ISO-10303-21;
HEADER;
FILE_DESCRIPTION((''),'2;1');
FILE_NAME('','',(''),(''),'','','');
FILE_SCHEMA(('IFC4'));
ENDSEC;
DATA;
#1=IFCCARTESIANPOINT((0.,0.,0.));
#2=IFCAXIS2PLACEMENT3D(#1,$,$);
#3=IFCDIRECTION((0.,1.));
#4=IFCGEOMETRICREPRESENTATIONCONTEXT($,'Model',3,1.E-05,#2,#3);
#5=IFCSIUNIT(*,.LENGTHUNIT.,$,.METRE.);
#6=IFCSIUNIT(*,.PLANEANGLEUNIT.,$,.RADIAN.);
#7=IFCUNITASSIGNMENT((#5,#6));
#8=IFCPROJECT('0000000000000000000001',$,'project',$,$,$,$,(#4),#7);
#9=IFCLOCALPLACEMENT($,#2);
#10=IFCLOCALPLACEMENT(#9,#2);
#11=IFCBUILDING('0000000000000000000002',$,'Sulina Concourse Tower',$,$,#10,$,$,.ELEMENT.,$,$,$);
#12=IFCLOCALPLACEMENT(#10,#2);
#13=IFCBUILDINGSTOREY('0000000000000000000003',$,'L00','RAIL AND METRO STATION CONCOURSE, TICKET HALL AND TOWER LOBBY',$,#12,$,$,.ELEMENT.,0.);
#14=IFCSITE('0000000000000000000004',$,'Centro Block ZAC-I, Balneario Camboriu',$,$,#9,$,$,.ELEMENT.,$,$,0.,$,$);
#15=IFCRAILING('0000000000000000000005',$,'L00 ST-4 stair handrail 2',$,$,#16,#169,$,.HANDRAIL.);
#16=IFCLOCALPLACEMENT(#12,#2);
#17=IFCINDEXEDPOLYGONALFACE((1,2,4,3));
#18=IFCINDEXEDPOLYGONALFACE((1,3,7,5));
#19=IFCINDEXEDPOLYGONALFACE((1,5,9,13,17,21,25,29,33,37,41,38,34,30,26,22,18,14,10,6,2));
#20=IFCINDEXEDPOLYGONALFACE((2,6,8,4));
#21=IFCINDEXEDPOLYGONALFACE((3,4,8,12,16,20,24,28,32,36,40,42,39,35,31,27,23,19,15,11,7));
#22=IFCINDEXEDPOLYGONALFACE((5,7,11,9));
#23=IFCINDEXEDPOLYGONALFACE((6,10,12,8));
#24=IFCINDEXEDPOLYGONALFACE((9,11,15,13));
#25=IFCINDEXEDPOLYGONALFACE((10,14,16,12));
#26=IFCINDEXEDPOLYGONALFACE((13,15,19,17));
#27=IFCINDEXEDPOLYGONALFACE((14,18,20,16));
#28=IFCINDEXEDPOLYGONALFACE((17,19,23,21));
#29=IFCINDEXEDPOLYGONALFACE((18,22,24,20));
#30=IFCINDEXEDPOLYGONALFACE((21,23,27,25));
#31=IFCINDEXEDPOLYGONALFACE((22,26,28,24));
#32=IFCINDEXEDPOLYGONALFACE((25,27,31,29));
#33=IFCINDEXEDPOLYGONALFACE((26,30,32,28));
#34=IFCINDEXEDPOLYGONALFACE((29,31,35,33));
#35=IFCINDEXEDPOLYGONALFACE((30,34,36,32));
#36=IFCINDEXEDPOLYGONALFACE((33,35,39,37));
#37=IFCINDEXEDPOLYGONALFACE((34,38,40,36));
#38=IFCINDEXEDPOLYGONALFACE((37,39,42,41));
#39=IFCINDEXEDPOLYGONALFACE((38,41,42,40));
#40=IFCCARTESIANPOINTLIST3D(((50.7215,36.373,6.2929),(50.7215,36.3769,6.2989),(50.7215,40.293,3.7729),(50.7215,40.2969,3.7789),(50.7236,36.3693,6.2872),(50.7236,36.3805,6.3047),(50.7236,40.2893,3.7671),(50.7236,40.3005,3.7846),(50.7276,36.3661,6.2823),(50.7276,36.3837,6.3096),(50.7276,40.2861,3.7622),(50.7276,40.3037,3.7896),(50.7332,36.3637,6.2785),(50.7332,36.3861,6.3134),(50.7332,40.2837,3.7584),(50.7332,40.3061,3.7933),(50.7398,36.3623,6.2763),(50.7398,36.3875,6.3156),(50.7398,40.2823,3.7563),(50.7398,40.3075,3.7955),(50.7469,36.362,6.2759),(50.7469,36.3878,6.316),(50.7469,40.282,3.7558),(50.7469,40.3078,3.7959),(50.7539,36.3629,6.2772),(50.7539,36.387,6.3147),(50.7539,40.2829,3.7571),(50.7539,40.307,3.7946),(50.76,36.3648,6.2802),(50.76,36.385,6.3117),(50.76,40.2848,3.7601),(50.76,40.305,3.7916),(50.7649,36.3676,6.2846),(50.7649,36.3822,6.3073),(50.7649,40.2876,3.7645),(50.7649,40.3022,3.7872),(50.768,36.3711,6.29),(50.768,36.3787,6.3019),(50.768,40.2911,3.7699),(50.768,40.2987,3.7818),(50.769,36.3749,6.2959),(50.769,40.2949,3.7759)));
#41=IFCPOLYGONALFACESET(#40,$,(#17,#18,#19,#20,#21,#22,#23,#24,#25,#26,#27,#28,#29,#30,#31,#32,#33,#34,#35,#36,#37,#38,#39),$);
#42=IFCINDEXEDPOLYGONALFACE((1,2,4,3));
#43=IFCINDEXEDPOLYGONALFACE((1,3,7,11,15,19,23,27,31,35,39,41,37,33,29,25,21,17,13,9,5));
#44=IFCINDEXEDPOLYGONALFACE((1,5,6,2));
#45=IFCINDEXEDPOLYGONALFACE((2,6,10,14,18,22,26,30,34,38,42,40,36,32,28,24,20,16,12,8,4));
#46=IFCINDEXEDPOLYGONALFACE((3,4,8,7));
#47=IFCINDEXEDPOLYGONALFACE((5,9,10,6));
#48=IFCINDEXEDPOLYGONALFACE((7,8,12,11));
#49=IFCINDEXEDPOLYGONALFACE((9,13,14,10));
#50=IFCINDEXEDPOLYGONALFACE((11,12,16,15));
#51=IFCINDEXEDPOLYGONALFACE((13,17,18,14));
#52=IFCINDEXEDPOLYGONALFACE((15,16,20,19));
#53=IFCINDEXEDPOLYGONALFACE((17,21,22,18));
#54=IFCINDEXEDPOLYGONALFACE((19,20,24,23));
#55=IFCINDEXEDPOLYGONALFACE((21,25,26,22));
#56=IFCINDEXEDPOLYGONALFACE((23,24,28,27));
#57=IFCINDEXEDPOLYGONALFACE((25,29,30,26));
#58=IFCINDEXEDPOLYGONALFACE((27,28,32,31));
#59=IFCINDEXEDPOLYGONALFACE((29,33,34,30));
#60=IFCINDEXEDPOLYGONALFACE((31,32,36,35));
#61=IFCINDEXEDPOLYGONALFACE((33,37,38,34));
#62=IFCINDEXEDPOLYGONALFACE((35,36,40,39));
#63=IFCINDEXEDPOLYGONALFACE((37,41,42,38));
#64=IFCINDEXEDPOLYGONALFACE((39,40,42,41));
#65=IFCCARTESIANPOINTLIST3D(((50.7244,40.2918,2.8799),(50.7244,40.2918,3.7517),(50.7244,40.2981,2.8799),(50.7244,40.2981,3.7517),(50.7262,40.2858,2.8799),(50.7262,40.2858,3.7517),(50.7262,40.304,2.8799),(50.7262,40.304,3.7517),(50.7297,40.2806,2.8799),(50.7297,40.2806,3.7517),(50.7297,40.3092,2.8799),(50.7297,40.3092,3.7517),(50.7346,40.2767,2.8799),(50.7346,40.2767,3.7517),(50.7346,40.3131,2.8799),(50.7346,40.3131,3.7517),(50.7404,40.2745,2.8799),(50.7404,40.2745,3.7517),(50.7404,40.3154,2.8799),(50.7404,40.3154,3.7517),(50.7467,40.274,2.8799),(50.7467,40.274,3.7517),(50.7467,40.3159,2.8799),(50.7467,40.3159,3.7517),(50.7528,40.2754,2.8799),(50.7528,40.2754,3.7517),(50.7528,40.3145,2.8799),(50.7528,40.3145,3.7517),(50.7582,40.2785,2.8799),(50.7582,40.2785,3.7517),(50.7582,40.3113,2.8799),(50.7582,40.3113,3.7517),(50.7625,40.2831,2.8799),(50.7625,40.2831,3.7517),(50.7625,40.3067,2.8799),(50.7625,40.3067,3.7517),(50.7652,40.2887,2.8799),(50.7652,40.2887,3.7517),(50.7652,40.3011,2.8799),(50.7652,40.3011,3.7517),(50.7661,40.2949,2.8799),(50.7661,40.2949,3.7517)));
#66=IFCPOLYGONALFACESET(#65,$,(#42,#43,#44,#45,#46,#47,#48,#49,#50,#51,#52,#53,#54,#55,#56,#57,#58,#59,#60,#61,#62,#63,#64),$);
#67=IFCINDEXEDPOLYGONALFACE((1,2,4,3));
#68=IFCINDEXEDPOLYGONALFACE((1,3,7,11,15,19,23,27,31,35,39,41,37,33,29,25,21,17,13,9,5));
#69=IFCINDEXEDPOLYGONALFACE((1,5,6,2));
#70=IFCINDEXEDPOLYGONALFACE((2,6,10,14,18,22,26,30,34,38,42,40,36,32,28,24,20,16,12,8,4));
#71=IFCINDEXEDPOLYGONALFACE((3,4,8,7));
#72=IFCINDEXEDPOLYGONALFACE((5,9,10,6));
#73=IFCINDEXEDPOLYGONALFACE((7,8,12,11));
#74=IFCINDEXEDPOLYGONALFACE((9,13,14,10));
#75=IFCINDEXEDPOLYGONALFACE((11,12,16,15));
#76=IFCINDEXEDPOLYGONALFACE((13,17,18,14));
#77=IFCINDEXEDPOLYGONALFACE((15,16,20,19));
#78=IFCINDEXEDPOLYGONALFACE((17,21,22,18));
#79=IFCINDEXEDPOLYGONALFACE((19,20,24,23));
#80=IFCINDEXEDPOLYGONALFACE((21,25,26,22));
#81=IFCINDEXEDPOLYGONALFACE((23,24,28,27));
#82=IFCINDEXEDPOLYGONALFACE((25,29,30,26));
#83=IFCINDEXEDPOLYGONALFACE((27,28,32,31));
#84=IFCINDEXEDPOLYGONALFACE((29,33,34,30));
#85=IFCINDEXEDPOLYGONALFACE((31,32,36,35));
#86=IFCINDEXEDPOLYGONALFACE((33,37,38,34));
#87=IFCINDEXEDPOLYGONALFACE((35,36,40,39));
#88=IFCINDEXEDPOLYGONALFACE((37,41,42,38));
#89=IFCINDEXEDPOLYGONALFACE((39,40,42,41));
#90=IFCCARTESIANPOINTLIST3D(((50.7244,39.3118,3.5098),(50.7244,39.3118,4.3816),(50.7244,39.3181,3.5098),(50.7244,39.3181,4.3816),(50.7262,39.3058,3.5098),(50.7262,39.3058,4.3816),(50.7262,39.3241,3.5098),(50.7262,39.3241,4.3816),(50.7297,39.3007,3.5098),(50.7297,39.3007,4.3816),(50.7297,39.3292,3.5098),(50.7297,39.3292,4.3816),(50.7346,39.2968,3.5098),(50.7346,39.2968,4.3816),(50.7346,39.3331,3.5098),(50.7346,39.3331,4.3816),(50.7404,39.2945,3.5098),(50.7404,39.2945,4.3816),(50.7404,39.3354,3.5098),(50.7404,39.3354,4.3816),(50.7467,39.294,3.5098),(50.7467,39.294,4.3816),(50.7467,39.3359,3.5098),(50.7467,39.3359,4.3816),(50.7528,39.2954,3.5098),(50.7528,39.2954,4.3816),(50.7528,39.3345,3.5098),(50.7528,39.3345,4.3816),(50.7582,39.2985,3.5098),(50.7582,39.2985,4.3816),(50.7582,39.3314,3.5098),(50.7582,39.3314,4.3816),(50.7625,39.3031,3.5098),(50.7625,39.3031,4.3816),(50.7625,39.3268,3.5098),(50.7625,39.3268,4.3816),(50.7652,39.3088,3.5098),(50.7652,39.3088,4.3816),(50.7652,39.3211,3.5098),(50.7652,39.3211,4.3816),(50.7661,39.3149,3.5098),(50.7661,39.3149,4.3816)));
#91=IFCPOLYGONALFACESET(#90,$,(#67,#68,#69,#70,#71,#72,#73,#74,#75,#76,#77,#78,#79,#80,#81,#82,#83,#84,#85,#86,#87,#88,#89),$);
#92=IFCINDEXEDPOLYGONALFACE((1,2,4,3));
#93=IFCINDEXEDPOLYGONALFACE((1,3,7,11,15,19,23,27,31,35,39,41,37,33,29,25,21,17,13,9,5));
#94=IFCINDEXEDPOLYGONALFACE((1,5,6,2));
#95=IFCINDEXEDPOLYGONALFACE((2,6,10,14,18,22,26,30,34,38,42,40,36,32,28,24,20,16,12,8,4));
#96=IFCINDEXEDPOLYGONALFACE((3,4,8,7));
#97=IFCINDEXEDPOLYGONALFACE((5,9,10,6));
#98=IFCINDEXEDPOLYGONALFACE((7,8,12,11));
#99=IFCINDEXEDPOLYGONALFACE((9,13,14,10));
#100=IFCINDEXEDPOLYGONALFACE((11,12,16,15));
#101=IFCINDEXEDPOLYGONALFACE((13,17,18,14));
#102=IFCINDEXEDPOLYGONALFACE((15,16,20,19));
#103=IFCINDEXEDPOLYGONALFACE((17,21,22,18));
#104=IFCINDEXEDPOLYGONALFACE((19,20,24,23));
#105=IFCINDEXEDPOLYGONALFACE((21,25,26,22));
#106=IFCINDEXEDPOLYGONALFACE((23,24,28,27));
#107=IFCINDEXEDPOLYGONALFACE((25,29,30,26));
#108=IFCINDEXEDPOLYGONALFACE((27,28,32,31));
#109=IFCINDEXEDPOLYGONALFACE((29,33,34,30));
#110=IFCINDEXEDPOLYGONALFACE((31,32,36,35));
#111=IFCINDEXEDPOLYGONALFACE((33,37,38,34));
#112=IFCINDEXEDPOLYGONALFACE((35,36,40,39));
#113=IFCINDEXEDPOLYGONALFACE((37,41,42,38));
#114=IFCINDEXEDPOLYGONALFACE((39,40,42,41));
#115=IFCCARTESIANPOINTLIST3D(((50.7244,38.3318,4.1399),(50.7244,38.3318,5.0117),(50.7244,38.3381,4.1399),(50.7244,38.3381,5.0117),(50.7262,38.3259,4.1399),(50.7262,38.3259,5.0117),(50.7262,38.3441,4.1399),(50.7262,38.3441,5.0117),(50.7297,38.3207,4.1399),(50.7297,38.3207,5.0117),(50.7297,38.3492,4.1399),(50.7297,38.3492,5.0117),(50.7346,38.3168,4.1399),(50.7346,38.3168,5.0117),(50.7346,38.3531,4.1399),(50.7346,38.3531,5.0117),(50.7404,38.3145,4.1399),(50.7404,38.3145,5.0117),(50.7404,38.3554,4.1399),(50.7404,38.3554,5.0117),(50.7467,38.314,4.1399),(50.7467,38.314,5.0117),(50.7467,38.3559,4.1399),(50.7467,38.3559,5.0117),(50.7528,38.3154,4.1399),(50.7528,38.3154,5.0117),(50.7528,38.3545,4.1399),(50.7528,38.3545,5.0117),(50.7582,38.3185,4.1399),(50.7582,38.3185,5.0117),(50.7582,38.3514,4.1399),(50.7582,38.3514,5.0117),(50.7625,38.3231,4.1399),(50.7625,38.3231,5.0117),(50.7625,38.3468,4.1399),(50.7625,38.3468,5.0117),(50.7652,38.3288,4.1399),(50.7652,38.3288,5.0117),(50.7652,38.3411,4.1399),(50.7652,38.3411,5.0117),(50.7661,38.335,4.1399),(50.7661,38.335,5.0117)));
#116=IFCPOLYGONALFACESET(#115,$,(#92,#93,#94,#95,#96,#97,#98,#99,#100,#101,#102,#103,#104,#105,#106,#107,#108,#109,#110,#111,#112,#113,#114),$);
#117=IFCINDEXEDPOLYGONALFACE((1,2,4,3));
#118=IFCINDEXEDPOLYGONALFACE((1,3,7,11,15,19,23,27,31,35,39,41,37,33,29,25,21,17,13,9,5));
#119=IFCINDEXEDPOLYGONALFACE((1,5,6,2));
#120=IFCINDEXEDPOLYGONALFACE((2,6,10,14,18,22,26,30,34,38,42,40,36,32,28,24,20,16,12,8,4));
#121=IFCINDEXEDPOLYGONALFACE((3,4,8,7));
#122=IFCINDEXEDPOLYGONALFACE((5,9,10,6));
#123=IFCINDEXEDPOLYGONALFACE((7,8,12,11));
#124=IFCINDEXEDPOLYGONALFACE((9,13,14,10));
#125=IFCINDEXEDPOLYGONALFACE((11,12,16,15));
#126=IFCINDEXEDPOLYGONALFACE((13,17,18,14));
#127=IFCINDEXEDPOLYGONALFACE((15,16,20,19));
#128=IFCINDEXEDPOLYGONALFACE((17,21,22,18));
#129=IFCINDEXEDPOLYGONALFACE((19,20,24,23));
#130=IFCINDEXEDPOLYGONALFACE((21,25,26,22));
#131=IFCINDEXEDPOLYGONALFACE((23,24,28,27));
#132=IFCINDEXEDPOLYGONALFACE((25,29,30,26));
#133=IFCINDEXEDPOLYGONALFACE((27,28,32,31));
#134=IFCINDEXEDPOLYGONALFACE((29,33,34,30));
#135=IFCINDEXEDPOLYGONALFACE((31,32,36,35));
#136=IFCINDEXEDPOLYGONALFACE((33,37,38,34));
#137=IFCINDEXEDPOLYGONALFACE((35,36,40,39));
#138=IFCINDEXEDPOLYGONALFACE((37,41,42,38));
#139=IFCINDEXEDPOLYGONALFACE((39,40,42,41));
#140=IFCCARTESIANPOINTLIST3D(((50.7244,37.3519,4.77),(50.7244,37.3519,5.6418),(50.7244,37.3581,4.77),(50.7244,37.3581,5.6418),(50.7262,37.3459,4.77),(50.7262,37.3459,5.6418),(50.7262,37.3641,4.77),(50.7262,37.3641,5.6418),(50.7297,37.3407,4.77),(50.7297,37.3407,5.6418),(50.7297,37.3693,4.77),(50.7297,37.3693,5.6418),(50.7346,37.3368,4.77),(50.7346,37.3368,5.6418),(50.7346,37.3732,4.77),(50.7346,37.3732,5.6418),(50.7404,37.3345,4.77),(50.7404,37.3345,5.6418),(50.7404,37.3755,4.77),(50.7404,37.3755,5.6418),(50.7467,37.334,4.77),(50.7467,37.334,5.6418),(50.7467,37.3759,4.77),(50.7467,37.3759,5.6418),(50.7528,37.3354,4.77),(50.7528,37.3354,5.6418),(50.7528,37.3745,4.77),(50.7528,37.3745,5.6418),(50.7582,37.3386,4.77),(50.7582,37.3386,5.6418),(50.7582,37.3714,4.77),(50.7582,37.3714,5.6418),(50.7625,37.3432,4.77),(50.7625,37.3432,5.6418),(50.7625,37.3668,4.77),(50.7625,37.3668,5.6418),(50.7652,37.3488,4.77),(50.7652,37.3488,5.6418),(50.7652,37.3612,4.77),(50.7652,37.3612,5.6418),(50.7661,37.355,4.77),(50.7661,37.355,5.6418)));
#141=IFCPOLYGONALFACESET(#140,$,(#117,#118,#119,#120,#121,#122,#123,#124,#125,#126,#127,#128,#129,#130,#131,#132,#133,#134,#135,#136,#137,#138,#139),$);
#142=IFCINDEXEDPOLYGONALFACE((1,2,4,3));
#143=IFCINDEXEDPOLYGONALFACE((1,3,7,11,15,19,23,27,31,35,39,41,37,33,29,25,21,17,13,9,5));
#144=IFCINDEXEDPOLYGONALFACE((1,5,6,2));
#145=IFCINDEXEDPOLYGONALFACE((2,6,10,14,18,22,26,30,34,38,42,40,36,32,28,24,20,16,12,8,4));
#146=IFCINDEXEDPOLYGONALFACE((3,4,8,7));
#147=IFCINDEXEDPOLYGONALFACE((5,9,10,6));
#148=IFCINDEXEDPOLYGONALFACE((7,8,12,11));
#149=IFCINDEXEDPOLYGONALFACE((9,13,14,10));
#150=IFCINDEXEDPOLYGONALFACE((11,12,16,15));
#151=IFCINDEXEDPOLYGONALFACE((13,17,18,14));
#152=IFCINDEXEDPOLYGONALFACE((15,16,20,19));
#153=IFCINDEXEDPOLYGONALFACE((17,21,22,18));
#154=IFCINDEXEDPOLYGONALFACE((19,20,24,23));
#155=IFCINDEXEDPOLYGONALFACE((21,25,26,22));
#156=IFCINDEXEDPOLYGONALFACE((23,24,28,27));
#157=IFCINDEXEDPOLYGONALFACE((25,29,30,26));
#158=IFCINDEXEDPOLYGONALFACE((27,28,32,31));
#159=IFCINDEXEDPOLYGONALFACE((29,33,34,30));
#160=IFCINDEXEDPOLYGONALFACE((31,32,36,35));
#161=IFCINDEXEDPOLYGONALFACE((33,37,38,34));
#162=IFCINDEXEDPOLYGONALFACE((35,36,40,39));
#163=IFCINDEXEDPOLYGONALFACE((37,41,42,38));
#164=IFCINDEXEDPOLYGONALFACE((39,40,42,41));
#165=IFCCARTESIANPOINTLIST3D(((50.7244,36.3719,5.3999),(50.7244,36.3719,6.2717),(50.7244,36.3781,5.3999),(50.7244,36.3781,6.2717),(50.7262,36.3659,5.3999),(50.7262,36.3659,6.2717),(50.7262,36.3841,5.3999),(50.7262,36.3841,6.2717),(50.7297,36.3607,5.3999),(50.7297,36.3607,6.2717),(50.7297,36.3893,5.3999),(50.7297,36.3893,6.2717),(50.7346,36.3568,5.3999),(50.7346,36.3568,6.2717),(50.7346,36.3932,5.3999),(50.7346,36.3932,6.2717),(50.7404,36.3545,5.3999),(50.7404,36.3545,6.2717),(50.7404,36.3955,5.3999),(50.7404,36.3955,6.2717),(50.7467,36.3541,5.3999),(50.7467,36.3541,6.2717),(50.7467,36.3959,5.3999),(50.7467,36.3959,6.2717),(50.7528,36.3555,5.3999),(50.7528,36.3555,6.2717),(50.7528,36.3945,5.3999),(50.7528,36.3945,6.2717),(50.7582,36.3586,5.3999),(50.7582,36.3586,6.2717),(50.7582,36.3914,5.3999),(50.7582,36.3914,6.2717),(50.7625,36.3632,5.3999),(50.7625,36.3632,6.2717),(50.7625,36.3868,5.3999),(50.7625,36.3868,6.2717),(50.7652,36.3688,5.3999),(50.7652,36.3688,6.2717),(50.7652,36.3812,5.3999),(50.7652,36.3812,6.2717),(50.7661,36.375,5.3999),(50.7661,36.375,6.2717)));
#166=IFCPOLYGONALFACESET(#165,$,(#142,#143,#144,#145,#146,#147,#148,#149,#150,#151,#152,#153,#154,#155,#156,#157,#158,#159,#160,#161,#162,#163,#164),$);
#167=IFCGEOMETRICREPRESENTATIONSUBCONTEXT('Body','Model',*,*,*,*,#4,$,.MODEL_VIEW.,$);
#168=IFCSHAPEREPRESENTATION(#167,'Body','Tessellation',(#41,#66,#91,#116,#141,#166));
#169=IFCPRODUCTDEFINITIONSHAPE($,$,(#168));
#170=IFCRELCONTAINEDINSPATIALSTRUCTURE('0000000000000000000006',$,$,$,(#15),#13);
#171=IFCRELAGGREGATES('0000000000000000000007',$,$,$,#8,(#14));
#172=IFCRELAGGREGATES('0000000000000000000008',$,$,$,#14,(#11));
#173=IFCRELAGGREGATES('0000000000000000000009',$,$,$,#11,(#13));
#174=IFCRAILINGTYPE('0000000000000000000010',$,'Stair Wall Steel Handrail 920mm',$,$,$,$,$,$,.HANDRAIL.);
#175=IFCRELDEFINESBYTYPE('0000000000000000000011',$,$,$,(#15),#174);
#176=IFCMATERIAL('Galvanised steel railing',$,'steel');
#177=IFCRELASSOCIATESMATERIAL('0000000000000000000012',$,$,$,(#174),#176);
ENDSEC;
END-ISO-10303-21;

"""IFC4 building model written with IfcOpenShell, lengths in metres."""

from ifc_helpers import new_model, si_unit, direction, frame, origin, origin_2d, place, context, subcontext, project, spatial, circle, extrude, material, type_object, element, save


model = new_model("IFC4")

# Units and contexts
model_context = context("Model", 3, precision=1e-05, world=origin(), true_north=direction((0.0, 1.0)))
body_context = subcontext(model_context, "Body", "Model", "MODEL_VIEW")
ifc_project = project(units=[si_unit("LENGTHUNIT", "METRE"), si_unit("PLANEANGLEUNIT", "RADIAN")], contexts=[model_context])

# Site, building, storey
site_placement = place(None, origin())
site = spatial("IfcSite", under=ifc_project, at=site_placement, Name="Centro Block ZAC-I, Balneario Camboriu", CompositionType="ELEMENT", RefElevation=0.0)
building_placement = place(site_placement, origin())
building = spatial("IfcBuilding", under=site, at=building_placement, Name="Sulina Concourse Tower", CompositionType="ELEMENT")
storey_placement = place(building_placement, origin())
storey = spatial("IfcBuildingStorey", under=building, at=storey_placement, Name="L00", Description="RAIL AND METRO STATION CONCOURSE, TICKET HALL AND TOWER LOBBY", CompositionType="ELEMENT", Elevation=0.0)

# Railing
ifc_material_1 = material(Name="Galvanised steel railing", Category="steel")
railing_type_1 = type_object("IfcRailingType", Name="Stair Wall Steel Handrail 920mm", PredefinedType="HANDRAIL", material=ifc_material_1)
railing_1_placement = place(storey_placement, frame((50.7451, 40.2949, 2.8799)))
element("IfcRailing", 1, at=railing_1_placement, inside=storey, type_object=railing_type_1, Name="L00 ST-4 stair handrail 2", PredefinedType="HANDRAIL", context=body_context, shape_type="SweptSolid", body=[
    extrude(circle(Radius=0.0239, at=origin_2d()), frame((0.0, 0.0, 0.896), z_axis=(0.0, -0.841172, 0.540768), x_axis=(1.0, 0.0, 0.0)), (0.0, 0.0, 1.0), 4.6602),
    extrude(circle(Radius=0.021, at=origin_2d()), origin(), (0.0, 0.0, 1.0), 0.8718),
    extrude(circle(Radius=0.021, at=origin_2d()), frame((0.0, -0.98, 0.6299)), (0.0, 0.0, 1.0), 0.8718),
    extrude(circle(Radius=0.021, at=origin_2d()), frame((0.0, -1.96, 1.26)), (0.0, 0.0, 1.0), 0.8718),
    extrude(circle(Radius=0.021, at=origin_2d()), frame((0.0, -2.9399, 1.8901)), (0.0, 0.0, 1.0), 0.8718),
    extrude(circle(Radius=0.021, at=origin_2d()), frame((0.0, -3.9199, 2.52)), (0.0, 0.0, 1.0), 0.8718),
])

save(model, "model.ifc")
